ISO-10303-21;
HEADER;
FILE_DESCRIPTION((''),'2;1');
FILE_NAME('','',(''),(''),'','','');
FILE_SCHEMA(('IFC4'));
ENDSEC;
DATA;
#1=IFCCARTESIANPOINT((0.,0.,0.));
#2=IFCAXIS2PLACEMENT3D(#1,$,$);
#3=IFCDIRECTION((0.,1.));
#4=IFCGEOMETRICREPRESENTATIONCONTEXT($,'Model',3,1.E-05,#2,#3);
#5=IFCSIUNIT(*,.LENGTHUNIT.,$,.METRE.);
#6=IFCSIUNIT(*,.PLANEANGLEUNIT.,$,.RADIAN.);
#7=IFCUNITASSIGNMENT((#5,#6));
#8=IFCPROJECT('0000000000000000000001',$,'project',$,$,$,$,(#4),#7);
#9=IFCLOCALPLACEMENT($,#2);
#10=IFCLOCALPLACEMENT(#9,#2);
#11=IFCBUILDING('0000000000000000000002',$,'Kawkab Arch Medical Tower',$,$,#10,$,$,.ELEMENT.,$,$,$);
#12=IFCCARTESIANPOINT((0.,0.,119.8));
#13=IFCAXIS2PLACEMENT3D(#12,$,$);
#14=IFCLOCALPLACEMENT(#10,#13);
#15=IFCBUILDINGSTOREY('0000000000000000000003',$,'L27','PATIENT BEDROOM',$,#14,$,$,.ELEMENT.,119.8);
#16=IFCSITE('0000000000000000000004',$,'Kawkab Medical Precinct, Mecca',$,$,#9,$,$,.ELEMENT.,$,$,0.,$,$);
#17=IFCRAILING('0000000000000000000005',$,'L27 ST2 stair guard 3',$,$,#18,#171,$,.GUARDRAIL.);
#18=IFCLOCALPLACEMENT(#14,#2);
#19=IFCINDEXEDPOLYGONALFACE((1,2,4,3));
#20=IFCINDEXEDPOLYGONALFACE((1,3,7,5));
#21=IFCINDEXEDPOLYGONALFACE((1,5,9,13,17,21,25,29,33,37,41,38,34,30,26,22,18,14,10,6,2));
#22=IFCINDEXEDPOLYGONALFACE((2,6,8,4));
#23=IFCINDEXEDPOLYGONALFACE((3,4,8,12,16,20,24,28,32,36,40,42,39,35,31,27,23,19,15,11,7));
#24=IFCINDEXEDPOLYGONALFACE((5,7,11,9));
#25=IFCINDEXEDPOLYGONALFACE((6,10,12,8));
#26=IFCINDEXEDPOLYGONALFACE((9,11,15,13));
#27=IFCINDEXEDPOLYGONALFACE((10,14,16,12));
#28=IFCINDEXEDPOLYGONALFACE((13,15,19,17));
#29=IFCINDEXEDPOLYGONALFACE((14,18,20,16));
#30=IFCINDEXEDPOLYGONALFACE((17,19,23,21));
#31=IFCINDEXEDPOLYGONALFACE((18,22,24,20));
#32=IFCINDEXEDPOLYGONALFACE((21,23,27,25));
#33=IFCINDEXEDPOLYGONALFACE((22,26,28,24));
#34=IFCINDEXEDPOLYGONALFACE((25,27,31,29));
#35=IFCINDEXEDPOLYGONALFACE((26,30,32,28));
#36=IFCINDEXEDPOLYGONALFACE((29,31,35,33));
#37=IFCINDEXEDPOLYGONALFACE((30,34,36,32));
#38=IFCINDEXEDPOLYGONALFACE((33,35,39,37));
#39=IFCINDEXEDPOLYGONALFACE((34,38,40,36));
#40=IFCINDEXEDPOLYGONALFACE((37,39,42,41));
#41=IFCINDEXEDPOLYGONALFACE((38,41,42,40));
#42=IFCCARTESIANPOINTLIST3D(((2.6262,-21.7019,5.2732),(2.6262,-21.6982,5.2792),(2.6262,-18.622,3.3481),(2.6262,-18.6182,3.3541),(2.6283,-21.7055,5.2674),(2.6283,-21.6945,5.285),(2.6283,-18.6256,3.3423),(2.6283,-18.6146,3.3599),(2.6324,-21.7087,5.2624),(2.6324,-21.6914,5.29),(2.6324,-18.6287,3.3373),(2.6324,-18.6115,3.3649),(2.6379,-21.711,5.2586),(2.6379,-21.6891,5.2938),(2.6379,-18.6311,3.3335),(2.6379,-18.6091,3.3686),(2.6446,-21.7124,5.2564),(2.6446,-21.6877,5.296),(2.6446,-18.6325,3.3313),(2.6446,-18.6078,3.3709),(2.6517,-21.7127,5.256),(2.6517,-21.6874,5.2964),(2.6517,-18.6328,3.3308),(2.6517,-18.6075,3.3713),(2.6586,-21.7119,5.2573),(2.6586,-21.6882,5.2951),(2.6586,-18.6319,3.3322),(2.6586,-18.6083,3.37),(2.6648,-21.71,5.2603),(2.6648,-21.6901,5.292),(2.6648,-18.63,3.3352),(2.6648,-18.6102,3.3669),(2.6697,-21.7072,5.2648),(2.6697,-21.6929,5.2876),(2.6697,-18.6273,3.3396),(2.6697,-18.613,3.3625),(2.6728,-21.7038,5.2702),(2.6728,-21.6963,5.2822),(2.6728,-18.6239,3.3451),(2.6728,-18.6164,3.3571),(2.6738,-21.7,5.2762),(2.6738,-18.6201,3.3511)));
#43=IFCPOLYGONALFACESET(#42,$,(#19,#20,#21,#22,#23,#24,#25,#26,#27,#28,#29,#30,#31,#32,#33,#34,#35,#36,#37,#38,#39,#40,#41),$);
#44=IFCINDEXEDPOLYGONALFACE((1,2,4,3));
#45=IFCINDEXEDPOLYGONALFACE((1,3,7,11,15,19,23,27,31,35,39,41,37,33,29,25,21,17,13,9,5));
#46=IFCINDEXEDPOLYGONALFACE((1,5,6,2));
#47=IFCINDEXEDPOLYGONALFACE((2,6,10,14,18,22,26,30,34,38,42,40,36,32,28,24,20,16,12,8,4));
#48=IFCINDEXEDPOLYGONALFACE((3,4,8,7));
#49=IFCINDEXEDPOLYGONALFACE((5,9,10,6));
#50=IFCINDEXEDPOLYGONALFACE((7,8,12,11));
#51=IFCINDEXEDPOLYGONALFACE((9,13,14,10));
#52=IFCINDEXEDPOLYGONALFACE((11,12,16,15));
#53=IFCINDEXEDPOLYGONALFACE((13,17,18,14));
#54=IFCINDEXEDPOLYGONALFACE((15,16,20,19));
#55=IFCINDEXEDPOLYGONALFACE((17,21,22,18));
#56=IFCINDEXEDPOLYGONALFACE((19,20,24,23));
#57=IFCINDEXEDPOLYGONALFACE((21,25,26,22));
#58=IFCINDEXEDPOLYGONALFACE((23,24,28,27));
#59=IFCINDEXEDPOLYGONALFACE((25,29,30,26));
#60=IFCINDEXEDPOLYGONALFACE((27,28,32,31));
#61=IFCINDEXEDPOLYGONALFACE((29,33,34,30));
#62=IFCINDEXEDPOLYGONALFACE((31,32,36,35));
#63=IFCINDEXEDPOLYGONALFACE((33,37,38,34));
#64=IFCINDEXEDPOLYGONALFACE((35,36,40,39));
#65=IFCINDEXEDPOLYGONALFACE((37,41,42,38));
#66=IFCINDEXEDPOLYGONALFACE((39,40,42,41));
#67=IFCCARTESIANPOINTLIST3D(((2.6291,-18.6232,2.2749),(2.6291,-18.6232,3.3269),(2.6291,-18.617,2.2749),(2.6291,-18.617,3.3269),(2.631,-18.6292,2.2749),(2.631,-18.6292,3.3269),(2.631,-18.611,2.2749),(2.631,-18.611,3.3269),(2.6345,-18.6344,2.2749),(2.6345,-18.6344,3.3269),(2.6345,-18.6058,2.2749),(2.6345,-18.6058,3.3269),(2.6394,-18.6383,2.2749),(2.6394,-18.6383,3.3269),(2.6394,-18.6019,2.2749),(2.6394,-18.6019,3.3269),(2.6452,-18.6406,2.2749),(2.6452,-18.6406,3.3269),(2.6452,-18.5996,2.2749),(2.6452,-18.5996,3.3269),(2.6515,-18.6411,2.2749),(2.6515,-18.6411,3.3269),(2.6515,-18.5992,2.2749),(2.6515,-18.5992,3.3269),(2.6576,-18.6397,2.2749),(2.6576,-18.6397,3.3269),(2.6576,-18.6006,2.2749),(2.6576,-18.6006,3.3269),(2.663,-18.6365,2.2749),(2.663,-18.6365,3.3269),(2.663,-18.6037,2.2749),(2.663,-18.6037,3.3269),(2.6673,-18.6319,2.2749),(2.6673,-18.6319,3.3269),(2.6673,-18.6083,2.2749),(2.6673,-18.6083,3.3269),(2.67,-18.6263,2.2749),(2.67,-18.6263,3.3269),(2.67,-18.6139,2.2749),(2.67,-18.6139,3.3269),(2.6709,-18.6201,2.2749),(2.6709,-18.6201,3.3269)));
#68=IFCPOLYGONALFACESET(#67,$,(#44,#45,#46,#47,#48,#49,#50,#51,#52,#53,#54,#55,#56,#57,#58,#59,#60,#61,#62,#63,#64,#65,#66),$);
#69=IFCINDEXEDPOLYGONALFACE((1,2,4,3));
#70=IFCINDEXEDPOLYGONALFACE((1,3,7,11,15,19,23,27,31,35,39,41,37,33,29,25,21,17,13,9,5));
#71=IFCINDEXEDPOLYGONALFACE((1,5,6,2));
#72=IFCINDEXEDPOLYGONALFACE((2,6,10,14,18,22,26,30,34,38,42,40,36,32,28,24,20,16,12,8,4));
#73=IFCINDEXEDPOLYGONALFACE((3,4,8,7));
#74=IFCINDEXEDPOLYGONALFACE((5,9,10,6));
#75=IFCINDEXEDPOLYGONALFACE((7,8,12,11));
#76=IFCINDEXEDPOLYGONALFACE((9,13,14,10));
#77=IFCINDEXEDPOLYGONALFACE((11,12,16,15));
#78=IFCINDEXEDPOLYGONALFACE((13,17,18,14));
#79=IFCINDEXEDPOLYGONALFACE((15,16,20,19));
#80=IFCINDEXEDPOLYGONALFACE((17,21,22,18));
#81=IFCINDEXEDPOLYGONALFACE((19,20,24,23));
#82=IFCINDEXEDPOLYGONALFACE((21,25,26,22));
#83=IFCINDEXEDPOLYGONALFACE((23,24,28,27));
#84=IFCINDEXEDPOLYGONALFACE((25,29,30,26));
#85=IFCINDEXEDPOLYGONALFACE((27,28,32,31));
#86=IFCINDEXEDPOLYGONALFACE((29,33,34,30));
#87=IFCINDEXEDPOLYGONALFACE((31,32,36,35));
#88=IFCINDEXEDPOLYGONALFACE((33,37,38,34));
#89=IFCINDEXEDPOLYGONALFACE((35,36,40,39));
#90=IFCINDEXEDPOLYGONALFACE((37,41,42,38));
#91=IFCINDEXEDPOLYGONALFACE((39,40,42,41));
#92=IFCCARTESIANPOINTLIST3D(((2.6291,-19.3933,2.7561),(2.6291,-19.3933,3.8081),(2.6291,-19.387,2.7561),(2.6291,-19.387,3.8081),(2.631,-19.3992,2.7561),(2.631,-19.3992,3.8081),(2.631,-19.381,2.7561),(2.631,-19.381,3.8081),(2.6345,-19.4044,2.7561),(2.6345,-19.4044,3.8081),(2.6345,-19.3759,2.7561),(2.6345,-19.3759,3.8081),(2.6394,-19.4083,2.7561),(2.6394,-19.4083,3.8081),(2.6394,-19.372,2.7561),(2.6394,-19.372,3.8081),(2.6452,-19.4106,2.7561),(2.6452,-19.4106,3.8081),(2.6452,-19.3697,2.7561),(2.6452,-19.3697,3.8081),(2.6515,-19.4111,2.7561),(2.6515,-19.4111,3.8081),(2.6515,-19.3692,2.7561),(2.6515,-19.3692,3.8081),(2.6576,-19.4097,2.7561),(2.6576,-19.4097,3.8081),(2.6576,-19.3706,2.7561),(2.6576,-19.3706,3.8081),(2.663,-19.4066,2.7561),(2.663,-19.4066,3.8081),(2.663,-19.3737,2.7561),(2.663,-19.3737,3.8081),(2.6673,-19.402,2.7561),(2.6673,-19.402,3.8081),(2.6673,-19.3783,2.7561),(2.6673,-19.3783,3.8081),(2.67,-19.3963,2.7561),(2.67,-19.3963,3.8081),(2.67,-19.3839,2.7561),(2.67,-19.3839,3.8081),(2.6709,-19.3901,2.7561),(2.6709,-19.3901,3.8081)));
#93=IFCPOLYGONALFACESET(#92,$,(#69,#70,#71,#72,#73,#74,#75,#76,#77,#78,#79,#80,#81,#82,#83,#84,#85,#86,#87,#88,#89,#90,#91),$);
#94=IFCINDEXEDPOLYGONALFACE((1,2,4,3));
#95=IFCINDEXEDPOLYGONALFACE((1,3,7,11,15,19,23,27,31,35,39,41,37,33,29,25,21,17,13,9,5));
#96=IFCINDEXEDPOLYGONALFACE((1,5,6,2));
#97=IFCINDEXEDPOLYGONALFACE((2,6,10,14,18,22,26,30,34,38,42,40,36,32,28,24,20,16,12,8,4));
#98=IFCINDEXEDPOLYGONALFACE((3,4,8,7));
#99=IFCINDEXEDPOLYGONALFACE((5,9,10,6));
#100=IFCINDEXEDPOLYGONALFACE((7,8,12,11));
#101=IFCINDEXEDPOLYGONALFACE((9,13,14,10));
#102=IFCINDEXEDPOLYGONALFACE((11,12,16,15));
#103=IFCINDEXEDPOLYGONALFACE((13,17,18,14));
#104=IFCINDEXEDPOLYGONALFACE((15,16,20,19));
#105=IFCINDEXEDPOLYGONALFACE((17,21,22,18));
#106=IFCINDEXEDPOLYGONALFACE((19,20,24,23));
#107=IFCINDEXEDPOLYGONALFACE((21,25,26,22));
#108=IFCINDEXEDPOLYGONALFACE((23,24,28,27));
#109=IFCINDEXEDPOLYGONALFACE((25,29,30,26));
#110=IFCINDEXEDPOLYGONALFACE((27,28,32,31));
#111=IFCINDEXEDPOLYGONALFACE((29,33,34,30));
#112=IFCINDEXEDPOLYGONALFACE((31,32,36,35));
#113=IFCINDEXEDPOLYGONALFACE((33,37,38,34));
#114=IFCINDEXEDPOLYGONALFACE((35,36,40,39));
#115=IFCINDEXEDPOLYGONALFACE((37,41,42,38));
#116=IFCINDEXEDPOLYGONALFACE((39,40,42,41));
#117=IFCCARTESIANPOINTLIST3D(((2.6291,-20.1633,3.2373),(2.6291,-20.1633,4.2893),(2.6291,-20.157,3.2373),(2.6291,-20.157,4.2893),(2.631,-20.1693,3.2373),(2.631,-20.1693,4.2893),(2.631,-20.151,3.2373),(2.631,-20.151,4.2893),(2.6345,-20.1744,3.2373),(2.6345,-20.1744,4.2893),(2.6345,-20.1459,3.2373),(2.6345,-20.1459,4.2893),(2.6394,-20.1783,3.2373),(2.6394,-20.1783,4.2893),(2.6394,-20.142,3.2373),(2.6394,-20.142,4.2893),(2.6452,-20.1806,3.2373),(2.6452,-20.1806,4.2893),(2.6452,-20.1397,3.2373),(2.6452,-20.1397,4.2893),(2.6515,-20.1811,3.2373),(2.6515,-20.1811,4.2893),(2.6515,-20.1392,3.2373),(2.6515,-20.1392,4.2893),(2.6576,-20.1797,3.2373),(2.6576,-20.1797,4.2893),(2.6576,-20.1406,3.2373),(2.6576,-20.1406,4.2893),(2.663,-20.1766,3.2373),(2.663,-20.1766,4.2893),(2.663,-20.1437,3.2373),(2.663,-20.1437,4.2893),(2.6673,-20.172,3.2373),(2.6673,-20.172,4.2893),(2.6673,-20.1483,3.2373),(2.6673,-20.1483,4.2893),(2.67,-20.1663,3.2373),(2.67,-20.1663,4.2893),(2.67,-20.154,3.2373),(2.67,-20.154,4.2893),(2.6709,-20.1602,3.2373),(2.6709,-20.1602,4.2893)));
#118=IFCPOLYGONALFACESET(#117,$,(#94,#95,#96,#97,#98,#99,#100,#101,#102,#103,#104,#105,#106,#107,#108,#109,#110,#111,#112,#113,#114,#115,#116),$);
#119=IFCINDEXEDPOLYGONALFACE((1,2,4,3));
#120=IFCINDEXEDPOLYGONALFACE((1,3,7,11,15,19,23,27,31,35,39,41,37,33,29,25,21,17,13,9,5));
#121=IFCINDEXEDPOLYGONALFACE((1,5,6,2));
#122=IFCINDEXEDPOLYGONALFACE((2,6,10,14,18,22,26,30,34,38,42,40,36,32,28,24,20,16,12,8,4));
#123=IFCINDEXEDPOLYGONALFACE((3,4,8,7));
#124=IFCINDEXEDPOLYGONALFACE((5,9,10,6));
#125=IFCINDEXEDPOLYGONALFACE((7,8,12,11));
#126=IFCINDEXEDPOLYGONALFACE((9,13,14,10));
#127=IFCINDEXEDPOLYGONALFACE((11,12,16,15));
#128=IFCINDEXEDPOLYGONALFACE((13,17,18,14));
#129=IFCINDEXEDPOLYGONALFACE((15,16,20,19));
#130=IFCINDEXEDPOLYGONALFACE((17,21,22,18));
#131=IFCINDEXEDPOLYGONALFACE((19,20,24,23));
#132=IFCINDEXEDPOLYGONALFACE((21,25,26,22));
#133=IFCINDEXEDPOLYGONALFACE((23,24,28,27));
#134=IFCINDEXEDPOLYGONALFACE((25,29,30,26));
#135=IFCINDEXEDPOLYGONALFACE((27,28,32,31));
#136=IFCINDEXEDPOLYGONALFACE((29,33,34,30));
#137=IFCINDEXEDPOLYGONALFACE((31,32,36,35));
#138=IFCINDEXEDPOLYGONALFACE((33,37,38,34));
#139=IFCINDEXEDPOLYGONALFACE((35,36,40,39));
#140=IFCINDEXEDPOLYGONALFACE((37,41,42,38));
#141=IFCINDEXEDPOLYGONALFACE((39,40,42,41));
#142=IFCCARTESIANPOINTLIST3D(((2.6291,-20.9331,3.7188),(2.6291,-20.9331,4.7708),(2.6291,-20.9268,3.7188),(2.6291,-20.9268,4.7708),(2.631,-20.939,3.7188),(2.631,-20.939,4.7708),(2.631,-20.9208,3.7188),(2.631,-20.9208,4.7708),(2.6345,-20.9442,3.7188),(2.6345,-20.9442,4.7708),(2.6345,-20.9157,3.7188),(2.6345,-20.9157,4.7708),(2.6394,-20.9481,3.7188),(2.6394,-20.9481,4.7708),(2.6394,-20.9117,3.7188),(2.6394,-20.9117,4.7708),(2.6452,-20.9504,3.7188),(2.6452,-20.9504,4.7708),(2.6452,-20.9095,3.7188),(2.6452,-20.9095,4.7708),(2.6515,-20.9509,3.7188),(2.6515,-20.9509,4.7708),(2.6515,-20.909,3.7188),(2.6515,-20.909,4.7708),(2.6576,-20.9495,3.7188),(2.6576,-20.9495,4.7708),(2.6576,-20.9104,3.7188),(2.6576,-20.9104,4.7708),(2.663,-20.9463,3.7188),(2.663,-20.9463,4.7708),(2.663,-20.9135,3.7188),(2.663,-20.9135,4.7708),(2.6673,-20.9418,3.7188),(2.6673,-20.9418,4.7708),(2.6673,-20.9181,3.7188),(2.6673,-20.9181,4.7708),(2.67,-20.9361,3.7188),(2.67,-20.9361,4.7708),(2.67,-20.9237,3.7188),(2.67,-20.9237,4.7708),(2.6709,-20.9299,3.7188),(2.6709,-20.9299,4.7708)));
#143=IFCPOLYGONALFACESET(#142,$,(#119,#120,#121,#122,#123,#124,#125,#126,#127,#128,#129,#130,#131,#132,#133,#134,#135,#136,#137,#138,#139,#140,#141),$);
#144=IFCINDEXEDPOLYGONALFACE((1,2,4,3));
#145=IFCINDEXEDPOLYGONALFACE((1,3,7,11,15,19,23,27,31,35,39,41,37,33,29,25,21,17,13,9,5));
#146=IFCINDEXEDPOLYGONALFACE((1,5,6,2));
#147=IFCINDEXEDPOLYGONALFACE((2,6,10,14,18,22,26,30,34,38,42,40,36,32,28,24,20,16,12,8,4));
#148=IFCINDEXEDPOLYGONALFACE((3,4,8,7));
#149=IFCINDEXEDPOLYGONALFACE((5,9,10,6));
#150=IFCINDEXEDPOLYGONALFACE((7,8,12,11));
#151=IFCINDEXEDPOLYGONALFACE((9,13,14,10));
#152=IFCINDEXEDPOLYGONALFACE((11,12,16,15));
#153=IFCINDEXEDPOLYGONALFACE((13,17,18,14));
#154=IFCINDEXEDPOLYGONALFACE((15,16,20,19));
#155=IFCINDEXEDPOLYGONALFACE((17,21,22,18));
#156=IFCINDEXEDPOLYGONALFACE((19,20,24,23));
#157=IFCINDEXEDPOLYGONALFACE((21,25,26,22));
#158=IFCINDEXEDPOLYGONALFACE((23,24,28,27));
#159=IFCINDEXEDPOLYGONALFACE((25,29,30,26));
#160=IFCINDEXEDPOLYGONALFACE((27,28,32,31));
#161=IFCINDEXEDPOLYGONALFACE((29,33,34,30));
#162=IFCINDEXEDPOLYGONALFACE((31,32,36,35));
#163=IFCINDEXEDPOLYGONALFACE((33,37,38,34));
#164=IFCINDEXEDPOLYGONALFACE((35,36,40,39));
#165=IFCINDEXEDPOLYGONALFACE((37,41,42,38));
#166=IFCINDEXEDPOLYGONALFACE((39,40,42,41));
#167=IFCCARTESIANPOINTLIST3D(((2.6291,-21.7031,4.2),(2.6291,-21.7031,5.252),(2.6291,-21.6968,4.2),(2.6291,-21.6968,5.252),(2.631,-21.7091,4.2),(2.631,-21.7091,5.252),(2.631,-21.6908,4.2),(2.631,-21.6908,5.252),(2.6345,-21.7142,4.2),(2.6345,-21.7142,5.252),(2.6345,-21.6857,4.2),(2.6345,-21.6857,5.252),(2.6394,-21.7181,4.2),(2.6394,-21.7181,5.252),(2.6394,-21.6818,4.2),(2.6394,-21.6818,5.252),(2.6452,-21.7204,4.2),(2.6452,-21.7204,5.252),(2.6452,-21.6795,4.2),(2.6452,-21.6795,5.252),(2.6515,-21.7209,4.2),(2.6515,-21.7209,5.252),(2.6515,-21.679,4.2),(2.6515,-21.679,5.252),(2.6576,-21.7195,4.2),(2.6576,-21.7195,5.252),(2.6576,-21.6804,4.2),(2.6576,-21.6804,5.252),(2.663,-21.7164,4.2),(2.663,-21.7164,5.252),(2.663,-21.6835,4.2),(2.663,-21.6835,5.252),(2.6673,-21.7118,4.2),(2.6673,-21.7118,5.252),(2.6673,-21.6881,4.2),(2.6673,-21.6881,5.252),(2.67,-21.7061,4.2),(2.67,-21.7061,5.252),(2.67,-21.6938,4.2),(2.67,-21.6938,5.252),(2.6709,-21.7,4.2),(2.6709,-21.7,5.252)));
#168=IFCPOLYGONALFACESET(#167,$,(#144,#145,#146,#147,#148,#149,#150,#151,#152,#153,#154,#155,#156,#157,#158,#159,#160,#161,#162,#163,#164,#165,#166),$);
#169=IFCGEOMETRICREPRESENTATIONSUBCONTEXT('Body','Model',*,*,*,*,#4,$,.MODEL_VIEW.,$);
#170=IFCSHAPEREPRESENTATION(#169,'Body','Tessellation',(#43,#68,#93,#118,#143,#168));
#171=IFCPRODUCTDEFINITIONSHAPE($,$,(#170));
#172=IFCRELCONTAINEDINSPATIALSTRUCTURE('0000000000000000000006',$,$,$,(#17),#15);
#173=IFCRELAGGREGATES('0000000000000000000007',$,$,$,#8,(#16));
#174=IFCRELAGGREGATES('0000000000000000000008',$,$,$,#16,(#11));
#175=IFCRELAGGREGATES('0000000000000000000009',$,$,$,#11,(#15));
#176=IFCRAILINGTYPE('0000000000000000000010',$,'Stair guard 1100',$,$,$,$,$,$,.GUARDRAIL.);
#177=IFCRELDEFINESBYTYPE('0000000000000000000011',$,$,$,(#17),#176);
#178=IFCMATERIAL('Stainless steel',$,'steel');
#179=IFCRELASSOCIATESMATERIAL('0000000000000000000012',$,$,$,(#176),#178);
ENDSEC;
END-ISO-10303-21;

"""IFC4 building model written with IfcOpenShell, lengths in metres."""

from ifc_helpers import new_model, si_unit, direction, frame, origin, origin_2d, place, context, subcontext, project, spatial, circle, extrude, material, type_object, element, save


model = new_model("IFC4")

# Units and contexts
model_context = context("Model", 3, precision=1e-05, world=origin(), true_north=direction((0.0, 1.0)))
body_context = subcontext(model_context, "Body", "Model", "MODEL_VIEW")
ifc_project = project(units=[si_unit("LENGTHUNIT", "METRE"), si_unit("PLANEANGLEUNIT", "RADIAN")], contexts=[model_context])

# Site, building, storey
site_placement = place(None, origin())
site = spatial("IfcSite", under=ifc_project, at=site_placement, Name="Kawkab Medical Precinct, Mecca", CompositionType="ELEMENT", RefElevation=0.0)
building_placement = place(site_placement, origin())
building = spatial("IfcBuilding", under=site, at=building_placement, Name="Kawkab Arch Medical Tower", CompositionType="ELEMENT")
storey_placement = place(building_placement, frame((0.0, 0.0, 119.8)))
storey = spatial("IfcBuildingStorey", under=building, at=storey_placement, Name="L27", Description="PATIENT BEDROOM", CompositionType="ELEMENT", Elevation=119.8)

# Railing
ifc_material_1 = material(Name="Stainless steel", Category="steel")
railing_type = type_object("IfcRailingType", Name="Stair guard 1100", PredefinedType="GUARDRAIL", material=ifc_material_1)
railing_1_placement = place(storey_placement, frame((2.6499, -18.6201, 2.2749)))
element("IfcRailing", 1, at=railing_1_placement, inside=storey, type_object=railing_type, Name="L27 ST2 stair guard 3", PredefinedType="GUARDRAIL", context=body_context, shape_type="SweptSolid", body=[
    extrude(circle(Radius=0.0239, at=origin_2d()), frame((0.0, 0.0, 1.0762), z_axis=(0.0, -0.847979, 0.530029), x_axis=(1.0, 0.0, 0.0)), (0.0, 0.0, 1.0), 3.6321),
    extrude(circle(Radius=0.021, at=origin_2d()), origin(), (0.0, 0.0, 1.0), 1.052),
    extrude(circle(Radius=0.021, at=origin_2d()), frame((0.0, -0.77, 0.4812)), (0.0, 0.0, 1.0), 1.052),
    extrude(circle(Radius=0.021, at=origin_2d()), frame((0.0, -1.54, 0.9624)), (0.0, 0.0, 1.0), 1.052),
    extrude(circle(Radius=0.021, at=origin_2d()), frame((0.0, -2.3098, 1.4438)), (0.0, 0.0, 1.0), 1.052),
    extrude(circle(Radius=0.021, at=origin_2d()), frame((0.0, -3.0798, 1.925)), (0.0, 0.0, 1.0), 1.052),
])

save(model, "model.ifc")
